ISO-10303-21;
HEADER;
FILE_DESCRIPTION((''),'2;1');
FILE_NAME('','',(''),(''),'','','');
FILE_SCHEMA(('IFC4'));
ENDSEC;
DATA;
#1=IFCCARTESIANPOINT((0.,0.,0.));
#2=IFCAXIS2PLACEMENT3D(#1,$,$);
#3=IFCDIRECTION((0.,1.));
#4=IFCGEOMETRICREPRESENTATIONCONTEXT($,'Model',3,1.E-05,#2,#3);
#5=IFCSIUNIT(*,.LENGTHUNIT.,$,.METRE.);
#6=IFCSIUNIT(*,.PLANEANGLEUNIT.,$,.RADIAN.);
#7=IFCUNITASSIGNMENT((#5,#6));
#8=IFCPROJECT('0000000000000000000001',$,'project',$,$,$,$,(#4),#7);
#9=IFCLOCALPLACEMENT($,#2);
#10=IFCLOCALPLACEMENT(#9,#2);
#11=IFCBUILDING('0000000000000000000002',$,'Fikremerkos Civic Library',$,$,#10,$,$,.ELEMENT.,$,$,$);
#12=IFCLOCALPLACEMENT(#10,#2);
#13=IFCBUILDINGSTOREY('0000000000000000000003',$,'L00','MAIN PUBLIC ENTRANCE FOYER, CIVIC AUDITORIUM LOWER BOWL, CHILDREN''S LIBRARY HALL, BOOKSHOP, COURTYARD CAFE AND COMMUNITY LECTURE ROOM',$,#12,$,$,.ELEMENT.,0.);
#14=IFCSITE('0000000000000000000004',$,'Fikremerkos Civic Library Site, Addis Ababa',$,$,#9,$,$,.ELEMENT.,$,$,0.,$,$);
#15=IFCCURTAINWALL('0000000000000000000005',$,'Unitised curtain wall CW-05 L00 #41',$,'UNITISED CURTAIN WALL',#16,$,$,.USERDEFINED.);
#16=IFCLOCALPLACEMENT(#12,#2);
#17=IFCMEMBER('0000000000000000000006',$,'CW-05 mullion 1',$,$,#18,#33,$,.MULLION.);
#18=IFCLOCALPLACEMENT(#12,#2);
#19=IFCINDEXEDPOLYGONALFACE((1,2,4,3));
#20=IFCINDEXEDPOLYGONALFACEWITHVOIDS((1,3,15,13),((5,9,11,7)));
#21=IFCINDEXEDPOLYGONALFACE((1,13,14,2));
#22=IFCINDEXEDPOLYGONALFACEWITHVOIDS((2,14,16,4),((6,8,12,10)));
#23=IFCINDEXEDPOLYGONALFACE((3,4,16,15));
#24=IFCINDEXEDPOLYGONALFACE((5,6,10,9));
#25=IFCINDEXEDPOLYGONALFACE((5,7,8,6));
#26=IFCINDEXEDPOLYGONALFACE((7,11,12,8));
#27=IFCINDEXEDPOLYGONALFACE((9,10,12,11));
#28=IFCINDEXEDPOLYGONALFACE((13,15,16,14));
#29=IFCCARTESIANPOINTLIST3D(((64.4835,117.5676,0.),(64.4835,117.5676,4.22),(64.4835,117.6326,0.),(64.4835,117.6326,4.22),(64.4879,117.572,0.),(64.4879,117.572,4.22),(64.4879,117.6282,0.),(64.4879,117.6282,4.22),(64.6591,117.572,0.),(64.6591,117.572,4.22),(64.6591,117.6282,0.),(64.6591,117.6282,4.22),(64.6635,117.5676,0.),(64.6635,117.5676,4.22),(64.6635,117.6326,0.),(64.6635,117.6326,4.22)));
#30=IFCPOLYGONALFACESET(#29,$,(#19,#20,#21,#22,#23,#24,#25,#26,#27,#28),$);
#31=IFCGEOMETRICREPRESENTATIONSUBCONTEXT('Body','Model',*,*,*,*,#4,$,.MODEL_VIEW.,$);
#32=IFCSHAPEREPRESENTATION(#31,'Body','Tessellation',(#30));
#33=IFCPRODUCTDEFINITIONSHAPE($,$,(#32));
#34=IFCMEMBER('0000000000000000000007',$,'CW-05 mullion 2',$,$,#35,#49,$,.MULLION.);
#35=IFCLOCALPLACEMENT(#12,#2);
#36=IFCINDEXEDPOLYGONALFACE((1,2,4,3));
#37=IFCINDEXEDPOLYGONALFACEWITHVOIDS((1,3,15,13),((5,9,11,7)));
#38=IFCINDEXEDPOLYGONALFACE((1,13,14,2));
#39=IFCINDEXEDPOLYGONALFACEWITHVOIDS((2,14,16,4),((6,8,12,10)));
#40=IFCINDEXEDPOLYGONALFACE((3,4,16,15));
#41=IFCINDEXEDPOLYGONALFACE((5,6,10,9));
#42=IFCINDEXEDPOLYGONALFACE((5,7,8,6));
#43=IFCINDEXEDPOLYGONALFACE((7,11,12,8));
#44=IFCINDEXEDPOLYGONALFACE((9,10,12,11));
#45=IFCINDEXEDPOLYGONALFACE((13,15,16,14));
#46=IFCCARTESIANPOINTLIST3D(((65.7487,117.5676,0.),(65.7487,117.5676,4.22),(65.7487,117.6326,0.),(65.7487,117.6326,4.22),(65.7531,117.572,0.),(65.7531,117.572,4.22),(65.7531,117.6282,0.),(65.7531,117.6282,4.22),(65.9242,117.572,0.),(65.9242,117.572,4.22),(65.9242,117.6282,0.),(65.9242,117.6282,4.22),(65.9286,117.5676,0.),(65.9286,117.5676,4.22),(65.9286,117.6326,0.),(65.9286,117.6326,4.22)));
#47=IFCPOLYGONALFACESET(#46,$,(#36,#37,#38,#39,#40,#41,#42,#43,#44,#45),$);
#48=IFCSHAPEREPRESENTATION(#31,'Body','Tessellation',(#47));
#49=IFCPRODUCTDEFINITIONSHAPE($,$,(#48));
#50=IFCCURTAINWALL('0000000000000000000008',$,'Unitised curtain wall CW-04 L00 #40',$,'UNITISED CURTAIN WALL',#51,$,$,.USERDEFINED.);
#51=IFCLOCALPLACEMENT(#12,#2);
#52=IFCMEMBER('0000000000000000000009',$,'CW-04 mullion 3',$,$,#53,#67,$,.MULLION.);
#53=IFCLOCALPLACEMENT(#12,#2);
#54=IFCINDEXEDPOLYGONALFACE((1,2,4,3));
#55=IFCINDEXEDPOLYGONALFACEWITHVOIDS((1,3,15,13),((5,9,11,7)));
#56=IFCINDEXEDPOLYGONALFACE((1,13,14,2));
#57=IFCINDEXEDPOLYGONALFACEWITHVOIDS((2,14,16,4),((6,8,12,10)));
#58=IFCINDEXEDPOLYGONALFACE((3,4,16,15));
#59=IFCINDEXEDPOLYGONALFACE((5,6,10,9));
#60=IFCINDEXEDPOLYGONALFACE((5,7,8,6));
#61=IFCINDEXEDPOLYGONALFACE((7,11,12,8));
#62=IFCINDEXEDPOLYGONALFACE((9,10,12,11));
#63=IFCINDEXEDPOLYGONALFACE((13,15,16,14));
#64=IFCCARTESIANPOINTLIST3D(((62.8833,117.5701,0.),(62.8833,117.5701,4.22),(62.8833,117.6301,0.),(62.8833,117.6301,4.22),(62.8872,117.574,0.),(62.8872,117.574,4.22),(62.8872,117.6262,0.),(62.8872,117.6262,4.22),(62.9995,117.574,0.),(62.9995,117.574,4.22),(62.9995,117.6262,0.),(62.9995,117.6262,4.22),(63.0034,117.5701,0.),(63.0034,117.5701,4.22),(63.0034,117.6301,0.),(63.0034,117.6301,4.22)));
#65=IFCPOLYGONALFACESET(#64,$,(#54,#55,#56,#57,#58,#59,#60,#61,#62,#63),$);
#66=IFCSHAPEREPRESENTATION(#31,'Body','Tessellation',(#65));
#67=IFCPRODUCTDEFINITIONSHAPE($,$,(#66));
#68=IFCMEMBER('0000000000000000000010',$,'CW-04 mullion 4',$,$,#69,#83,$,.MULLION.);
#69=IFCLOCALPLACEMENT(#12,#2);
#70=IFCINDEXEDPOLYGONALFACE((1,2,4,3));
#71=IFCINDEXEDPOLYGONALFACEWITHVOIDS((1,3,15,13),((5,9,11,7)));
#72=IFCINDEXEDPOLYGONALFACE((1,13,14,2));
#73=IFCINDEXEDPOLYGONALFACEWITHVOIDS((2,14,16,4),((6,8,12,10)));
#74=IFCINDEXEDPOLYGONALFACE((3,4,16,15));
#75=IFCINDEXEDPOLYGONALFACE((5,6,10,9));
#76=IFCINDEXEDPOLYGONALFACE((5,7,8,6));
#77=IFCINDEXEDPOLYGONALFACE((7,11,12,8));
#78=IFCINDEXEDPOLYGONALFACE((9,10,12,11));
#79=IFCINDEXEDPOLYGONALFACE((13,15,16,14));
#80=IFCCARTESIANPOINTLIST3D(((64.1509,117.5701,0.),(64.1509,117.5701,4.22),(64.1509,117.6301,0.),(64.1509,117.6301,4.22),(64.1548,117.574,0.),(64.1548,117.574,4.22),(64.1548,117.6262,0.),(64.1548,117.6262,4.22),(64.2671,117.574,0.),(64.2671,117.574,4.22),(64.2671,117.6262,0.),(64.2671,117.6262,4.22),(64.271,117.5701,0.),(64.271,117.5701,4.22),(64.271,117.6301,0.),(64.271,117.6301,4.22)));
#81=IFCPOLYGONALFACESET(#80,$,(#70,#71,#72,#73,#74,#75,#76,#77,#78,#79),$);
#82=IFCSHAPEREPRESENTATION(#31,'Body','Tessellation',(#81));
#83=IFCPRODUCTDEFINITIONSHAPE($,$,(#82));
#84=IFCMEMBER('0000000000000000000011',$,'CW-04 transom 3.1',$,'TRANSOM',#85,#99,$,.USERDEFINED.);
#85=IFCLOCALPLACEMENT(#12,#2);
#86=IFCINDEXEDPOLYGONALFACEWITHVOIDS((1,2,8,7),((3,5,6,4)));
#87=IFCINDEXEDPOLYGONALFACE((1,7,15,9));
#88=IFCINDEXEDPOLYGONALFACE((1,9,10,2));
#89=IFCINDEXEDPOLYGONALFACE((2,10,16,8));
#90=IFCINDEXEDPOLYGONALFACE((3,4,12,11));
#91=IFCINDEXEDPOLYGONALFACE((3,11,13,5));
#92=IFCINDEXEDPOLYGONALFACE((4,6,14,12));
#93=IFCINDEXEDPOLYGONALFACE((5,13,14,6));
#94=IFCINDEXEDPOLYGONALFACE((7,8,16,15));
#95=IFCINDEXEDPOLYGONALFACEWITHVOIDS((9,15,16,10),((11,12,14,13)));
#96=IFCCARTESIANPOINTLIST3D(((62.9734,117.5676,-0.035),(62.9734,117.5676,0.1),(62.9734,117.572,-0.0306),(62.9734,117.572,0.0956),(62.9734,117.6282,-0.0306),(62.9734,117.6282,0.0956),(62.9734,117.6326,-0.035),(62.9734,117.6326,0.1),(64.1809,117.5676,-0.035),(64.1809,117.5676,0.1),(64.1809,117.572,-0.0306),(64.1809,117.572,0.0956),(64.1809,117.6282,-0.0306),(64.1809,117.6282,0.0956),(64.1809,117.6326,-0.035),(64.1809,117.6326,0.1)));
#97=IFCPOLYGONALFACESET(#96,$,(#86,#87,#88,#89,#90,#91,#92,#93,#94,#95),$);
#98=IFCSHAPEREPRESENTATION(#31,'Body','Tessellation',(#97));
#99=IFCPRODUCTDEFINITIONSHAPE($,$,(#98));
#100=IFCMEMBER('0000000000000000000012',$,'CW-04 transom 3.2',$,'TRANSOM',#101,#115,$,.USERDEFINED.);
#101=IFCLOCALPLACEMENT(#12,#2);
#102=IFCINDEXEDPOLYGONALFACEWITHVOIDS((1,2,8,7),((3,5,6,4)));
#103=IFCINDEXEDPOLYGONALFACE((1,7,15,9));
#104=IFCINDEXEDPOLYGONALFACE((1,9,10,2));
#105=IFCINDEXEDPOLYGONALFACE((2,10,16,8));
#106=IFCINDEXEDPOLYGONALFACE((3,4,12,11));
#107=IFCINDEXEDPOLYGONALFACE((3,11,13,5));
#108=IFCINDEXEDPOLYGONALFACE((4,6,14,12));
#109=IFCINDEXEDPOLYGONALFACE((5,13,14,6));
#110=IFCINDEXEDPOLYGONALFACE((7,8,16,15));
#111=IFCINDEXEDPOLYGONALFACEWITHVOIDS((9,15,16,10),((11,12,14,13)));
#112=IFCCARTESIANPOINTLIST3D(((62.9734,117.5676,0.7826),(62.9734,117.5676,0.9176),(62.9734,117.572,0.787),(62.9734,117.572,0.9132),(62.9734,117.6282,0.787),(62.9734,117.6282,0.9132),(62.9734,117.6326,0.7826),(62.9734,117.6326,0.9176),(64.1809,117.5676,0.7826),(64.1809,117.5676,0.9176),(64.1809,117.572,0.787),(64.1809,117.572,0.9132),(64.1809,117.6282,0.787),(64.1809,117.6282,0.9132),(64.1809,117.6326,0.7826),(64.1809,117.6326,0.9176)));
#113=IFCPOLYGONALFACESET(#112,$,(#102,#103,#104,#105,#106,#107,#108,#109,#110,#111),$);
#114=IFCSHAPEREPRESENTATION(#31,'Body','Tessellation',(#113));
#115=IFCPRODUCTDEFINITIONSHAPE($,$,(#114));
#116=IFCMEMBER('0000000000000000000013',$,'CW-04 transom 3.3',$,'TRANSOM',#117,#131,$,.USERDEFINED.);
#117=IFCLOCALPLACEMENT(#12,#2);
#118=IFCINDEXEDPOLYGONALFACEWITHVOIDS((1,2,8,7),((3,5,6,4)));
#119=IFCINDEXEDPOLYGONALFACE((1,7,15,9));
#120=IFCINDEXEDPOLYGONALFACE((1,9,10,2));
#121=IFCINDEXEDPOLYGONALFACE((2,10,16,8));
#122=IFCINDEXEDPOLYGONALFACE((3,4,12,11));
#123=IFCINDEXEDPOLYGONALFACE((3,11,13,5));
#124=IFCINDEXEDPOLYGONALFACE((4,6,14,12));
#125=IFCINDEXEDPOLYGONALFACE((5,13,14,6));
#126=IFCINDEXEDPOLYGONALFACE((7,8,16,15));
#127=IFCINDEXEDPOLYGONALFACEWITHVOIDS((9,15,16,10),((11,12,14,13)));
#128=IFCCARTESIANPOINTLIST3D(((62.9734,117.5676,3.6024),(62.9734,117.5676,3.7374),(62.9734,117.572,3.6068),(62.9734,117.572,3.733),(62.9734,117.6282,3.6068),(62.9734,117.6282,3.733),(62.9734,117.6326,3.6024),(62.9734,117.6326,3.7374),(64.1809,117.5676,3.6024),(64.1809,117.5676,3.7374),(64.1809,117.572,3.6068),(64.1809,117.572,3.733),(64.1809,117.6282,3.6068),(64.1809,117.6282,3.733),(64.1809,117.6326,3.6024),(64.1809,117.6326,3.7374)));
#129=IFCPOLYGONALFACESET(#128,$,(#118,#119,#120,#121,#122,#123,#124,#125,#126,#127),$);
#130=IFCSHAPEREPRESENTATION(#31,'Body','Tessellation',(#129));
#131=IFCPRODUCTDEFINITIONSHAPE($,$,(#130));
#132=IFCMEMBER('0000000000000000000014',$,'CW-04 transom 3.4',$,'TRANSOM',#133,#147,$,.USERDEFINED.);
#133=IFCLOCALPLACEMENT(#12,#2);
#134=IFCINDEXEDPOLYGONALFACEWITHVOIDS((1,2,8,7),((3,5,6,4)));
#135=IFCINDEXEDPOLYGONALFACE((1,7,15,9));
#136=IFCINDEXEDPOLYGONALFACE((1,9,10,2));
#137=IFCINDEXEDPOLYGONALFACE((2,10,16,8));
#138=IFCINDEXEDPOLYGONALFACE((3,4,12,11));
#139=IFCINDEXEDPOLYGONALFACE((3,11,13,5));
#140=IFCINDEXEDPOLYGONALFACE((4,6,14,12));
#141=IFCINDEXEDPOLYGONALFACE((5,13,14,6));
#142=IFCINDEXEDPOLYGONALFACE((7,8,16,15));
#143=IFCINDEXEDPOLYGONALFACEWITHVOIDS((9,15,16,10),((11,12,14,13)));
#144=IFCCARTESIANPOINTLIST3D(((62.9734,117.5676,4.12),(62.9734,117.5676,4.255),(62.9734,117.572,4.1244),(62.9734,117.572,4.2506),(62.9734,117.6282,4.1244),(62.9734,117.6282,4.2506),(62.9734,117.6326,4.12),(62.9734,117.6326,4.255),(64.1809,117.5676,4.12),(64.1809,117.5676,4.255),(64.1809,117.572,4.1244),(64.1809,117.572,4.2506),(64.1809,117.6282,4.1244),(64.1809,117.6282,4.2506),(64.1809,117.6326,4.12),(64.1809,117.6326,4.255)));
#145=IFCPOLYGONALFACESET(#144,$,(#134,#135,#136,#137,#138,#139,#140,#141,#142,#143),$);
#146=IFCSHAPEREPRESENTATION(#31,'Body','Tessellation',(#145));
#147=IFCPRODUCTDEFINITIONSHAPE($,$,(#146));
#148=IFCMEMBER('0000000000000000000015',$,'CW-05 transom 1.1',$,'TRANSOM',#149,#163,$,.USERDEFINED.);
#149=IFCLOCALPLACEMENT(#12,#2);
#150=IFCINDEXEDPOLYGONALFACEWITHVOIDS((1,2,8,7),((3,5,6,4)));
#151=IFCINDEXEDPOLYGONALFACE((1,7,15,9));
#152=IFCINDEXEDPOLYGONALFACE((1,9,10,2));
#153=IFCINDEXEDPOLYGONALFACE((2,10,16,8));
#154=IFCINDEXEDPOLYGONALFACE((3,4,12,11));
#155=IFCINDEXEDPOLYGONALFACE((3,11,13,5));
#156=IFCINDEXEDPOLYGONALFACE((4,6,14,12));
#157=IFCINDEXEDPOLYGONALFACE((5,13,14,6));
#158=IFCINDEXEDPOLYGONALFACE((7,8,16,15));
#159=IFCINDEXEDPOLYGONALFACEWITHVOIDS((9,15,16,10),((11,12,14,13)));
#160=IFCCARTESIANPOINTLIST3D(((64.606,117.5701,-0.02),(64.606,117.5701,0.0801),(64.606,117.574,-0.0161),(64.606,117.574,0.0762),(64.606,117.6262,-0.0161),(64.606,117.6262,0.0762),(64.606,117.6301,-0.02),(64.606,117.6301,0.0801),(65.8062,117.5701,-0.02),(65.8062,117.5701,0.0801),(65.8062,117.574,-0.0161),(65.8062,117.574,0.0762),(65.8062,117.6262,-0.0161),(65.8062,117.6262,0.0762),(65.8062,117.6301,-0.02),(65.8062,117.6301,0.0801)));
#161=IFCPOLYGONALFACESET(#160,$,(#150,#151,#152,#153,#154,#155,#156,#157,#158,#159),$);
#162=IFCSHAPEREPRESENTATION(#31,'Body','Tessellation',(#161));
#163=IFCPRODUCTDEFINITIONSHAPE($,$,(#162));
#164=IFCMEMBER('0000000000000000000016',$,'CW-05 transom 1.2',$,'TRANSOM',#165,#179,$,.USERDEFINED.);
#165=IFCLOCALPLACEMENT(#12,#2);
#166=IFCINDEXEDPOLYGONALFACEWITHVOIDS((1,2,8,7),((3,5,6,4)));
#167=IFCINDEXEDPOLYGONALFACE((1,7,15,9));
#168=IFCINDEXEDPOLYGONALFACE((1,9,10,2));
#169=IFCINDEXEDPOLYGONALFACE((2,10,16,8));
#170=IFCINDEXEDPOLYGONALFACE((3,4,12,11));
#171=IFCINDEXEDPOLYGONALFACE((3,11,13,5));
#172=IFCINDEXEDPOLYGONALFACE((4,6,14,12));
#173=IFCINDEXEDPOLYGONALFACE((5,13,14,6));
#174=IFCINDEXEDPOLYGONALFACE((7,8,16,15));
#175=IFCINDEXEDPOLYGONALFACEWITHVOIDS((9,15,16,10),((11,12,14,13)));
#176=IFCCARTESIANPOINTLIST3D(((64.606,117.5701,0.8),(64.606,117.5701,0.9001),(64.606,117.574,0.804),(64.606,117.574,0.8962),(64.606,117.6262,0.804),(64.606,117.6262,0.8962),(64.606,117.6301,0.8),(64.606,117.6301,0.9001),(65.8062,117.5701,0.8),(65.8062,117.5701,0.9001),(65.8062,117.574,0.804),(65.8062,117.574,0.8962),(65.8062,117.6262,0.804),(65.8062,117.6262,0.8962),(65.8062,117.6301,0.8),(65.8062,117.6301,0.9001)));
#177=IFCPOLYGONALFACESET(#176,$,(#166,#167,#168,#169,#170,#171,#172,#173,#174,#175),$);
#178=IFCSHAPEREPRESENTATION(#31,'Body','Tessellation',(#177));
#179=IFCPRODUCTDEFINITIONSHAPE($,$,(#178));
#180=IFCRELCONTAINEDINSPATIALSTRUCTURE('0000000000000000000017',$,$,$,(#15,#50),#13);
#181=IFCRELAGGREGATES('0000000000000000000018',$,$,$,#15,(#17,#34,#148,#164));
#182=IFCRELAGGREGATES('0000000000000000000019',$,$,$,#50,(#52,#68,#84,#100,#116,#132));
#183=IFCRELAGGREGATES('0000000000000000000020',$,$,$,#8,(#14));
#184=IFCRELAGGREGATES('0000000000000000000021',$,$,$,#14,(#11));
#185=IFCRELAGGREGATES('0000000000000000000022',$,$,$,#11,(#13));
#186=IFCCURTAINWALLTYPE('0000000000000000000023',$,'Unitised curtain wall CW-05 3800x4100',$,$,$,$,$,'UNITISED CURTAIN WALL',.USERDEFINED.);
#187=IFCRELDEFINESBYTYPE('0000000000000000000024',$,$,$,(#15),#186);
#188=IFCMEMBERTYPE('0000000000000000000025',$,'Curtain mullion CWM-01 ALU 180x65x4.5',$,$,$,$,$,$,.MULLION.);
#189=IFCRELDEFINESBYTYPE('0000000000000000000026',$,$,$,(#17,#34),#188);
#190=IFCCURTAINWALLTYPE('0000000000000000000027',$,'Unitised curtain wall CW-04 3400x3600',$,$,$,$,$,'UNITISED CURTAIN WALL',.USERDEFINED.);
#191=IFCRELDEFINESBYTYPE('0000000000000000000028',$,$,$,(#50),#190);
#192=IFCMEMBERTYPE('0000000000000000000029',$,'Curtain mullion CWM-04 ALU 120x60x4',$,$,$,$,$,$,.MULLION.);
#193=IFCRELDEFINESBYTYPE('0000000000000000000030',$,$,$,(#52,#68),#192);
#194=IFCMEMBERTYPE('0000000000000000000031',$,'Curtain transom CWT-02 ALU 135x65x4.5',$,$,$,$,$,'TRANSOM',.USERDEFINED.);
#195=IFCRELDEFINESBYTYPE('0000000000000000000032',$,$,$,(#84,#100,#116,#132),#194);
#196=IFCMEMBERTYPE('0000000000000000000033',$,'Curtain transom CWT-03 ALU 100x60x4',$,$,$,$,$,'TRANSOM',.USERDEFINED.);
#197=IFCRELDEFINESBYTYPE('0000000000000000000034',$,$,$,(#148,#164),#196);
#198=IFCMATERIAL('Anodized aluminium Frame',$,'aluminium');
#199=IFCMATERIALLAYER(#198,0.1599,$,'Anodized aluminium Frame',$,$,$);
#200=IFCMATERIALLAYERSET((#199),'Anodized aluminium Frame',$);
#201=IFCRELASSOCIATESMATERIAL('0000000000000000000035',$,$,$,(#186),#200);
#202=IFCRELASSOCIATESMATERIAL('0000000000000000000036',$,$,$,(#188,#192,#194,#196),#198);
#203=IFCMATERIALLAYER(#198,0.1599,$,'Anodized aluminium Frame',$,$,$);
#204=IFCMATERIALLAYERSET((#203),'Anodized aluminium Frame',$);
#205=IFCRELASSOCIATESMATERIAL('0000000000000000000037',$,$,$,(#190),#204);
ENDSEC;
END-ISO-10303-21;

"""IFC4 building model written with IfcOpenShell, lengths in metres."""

from ifc_helpers import new_model, si_unit, direction, frame, origin, origin_2d, place, context, subcontext, project, spatial, hollow_rectangle, extrude, material, layer, layer_set, material_profile, profile_set, type_object, element, aggregate, save


model = new_model("IFC4")

# Units and contexts
model_context = context("Model", 3, precision=1e-05, world=origin(), true_north=direction((0.0, 1.0)))
body_context = subcontext(model_context, "Body", "Model", "MODEL_VIEW")
ifc_project = project(units=[si_unit("LENGTHUNIT", "METRE"), si_unit("PLANEANGLEUNIT", "RADIAN")], contexts=[model_context])

# Site, building, storey
site_placement = place(None, origin())
site = spatial("IfcSite", under=ifc_project, at=site_placement, Name="Fikremerkos Civic Library Site, Addis Ababa", CompositionType="ELEMENT", RefElevation=0.0)
building_placement = place(site_placement, origin())
building = spatial("IfcBuilding", under=site, at=building_placement, Name="Fikremerkos Civic Library", CompositionType="ELEMENT")
storey_placement = place(building_placement, origin())
storey = spatial("IfcBuildingStorey", under=building, at=storey_placement, Name="L00", Description="MAIN PUBLIC ENTRANCE FOYER, CIVIC AUDITORIUM LOWER BOWL, CHILDREN'S LIBRARY HALL, BOOKSHOP, COURTYARD CAFE AND COMMUNITY LECTURE ROOM", CompositionType="ELEMENT", Elevation=0.0)

# Curtain walls, members
ifc_material_1 = material(Name="Anodized aluminium Frame", Category="aluminium")
ifc_layer_1 = layer(ifc_material_1, 0.1599, Name="Anodized aluminium Frame")
ifc_layer_set_1 = layer_set([ifc_layer_1], Name="Anodized aluminium Frame")
curtain_wall_type_1 = type_object("IfcCurtainWallType", Name="Unitised curtain wall CW-05 3800x4100", ElementType="UNITISED CURTAIN WALL", PredefinedType="USERDEFINED", material=ifc_layer_set_1)
curtain_wall_1_placement = place(storey_placement, origin())
curtain_wall_1 = element("IfcCurtainWall", 1, at=curtain_wall_1_placement, inside=storey, type_object=curtain_wall_type_1, Name="Unitised curtain wall CW-05 L00 #41", ObjectType="UNITISED CURTAIN WALL", PredefinedType="USERDEFINED")
ifc_material_profile_1 = material_profile(ifc_material_1, hollow_rectangle(XDim=0.0649, YDim=0.1799, WallThickness=0.0044, at=origin_2d()), Name="ALU 180x65x4.5")
ifc_profile_set_1 = profile_set([ifc_material_profile_1], Name="Anodized aluminium Frame")
member_type_1 = type_object("IfcMemberType", Name="Curtain mullion CWM-01 ALU 180x65x4.5", PredefinedType="MULLION", material=ifc_profile_set_1)
member_1_placement = place(storey_placement, frame((64.5735, 117.6001, 0.0), z_axis=(0.0, 0.0, 1.0), x_axis=(0.0, 1.0, 0.0)))
member_1 = element("IfcMember", 2, at=member_1_placement, type_object=member_type_1, Name="CW-05 mullion 1", PredefinedType="MULLION", context=body_context, shape_type="SweptSolid", body=[
    extrude(hollow_rectangle(XDim=0.0649, YDim=0.1799, WallThickness=0.0044, at=origin_2d()), origin(), (0.0, 0.0, 1.0), 4.22),
])
member_2_placement = place(storey_placement, frame((65.8386, 117.6001, 0.0), z_axis=(0.0, 0.0, 1.0), x_axis=(0.0, 1.0, 0.0)))
member_2 = element("IfcMember", 3, at=member_2_placement, type_object=member_type_1, Name="CW-05 mullion 2", PredefinedType="MULLION", context=body_context, shape_type="SweptSolid", body=[
    extrude(hollow_rectangle(XDim=0.0649, YDim=0.1799, WallThickness=0.0044, at=origin_2d()), origin(), (0.0, 0.0, 1.0), 4.22),
])
ifc_layer_2 = layer(ifc_material_1, 0.1599, Name="Anodized aluminium Frame")
ifc_layer_set_2 = layer_set([ifc_layer_2], Name="Anodized aluminium Frame")
curtain_wall_type_2 = type_object("IfcCurtainWallType", Name="Unitised curtain wall CW-04 3400x3600", ElementType="UNITISED CURTAIN WALL", PredefinedType="USERDEFINED", material=ifc_layer_set_2)
curtain_wall_2_placement = place(storey_placement, origin())
curtain_wall_2 = element("IfcCurtainWall", 4, at=curtain_wall_2_placement, inside=storey, type_object=curtain_wall_type_2, Name="Unitised curtain wall CW-04 L00 #40", ObjectType="UNITISED CURTAIN WALL", PredefinedType="USERDEFINED")
ifc_material_profile_2 = material_profile(ifc_material_1, hollow_rectangle(XDim=0.0601, YDim=0.1201, WallThickness=0.0039, at=origin_2d()), Name="ALU 120x60x4")
ifc_profile_set_2 = profile_set([ifc_material_profile_2], Name="Anodized aluminium Frame")
member_type_2 = type_object("IfcMemberType", Name="Curtain mullion CWM-04 ALU 120x60x4", PredefinedType="MULLION", material=ifc_profile_set_2)
member_3_placement = place(storey_placement, frame((62.9434, 117.6001, 0.0), z_axis=(0.0, 0.0, 1.0), x_axis=(0.0, 1.0, 0.0)))
member_3 = element("IfcMember", 5, at=member_3_placement, type_object=member_type_2, Name="CW-04 mullion 3", PredefinedType="MULLION", context=body_context, shape_type="SweptSolid", body=[
    extrude(hollow_rectangle(XDim=0.0601, YDim=0.1201, WallThickness=0.0039, at=origin_2d()), origin(), (0.0, 0.0, 1.0), 4.22),
])
member_4_placement = place(storey_placement, frame((64.2109, 117.6001, 0.0), z_axis=(0.0, 0.0, 1.0), x_axis=(0.0, 1.0, 0.0)))
member_4 = element("IfcMember", 6, at=member_4_placement, type_object=member_type_2, Name="CW-04 mullion 4", PredefinedType="MULLION", context=body_context, shape_type="SweptSolid", body=[
    extrude(hollow_rectangle(XDim=0.0601, YDim=0.1201, WallThickness=0.0039, at=origin_2d()), origin(), (0.0, 0.0, 1.0), 4.22),
])
ifc_material_profile_3 = material_profile(ifc_material_1, hollow_rectangle(XDim=0.0649, YDim=0.135, WallThickness=0.0044, at=origin_2d()), Name="ALU 135x65x4.5")
ifc_profile_set_3 = profile_set([ifc_material_profile_3], Name="Anodized aluminium Frame")
member_type_3 = type_object("IfcMemberType", Name="Curtain transom CWT-02 ALU 135x65x4.5", ElementType="TRANSOM", PredefinedType="USERDEFINED", material=ifc_profile_set_3)
member_5_placement = place(storey_placement, frame((62.9734, 117.6001, 0.0325), z_axis=(1.0, 0.0, 0.0), x_axis=(0.0, 1.0, 0.0)))
member_5 = element("IfcMember", 7, at=member_5_placement, type_object=member_type_3, Name="CW-04 transom 3.1", ObjectType="TRANSOM", PredefinedType="USERDEFINED", context=body_context, shape_type="SweptSolid", body=[
    extrude(hollow_rectangle(XDim=0.0649, YDim=0.135, WallThickness=0.0044, at=origin_2d()), origin(), (0.0, 0.0, 1.0), 1.2075),
])
member_6_placement = place(storey_placement, frame((62.9734, 117.6001, 0.8501), z_axis=(1.0, 0.0, 0.0), x_axis=(0.0, 1.0, 0.0)))
member_6 = element("IfcMember", 8, at=member_6_placement, type_object=member_type_3, Name="CW-04 transom 3.2", ObjectType="TRANSOM", PredefinedType="USERDEFINED", context=body_context, shape_type="SweptSolid", body=[
    extrude(hollow_rectangle(XDim=0.0649, YDim=0.135, WallThickness=0.0044, at=origin_2d()), origin(), (0.0, 0.0, 1.0), 1.2075),
])
member_7_placement = place(storey_placement, frame((62.9734, 117.6001, 3.6699), z_axis=(1.0, 0.0, 0.0), x_axis=(0.0, 1.0, 0.0)))
member_7 = element("IfcMember", 9, at=member_7_placement, type_object=member_type_3, Name="CW-04 transom 3.3", ObjectType="TRANSOM", PredefinedType="USERDEFINED", context=body_context, shape_type="SweptSolid", body=[
    extrude(hollow_rectangle(XDim=0.0649, YDim=0.135, WallThickness=0.0044, at=origin_2d()), origin(), (0.0, 0.0, 1.0), 1.2075),
])
member_8_placement = place(storey_placement, frame((62.9734, 117.6001, 4.1875), z_axis=(1.0, 0.0, 0.0), x_axis=(0.0, 1.0, 0.0)))
member_8 = element("IfcMember", 10, at=member_8_placement, type_object=member_type_3, Name="CW-04 transom 3.4", ObjectType="TRANSOM", PredefinedType="USERDEFINED", context=body_context, shape_type="SweptSolid", body=[
    extrude(hollow_rectangle(XDim=0.0649, YDim=0.135, WallThickness=0.0044, at=origin_2d()), origin(), (0.0, 0.0, 1.0), 1.2075),
])

# Members
ifc_material_profile_4 = material_profile(ifc_material_1, hollow_rectangle(XDim=0.0601, YDim=0.1001, WallThickness=0.0039, at=origin_2d()), Name="ALU 100x60x4")
ifc_profile_set_4 = profile_set([ifc_material_profile_4], Name="Anodized aluminium Frame")
member_type_4 = type_object("IfcMemberType", Name="Curtain transom CWT-03 ALU 100x60x4", ElementType="TRANSOM", PredefinedType="USERDEFINED", material=ifc_profile_set_4)
member_9_placement = place(storey_placement, frame((64.606, 117.6001, 0.03), z_axis=(1.0, 0.0, 0.0), x_axis=(0.0, 1.0, 0.0)))
member_9 = element("IfcMember", 11, at=member_9_placement, type_object=member_type_4, Name="CW-05 transom 1.1", ObjectType="TRANSOM", PredefinedType="USERDEFINED", context=body_context, shape_type="SweptSolid", body=[
    extrude(hollow_rectangle(XDim=0.0601, YDim=0.1001, WallThickness=0.0039, at=origin_2d()), origin(), (0.0, 0.0, 1.0), 1.2002),
])
member_10_placement = place(storey_placement, frame((64.606, 117.6001, 0.8501), z_axis=(1.0, 0.0, 0.0), x_axis=(0.0, 1.0, 0.0)))
member_10 = element("IfcMember", 12, at=member_10_placement, type_object=member_type_4, Name="CW-05 transom 1.2", ObjectType="TRANSOM", PredefinedType="USERDEFINED", context=body_context, shape_type="SweptSolid", body=[
    extrude(hollow_rectangle(XDim=0.0601, YDim=0.1001, WallThickness=0.0039, at=origin_2d()), origin(), (0.0, 0.0, 1.0), 1.2002),
])

aggregate(curtain_wall_1, [member_1, member_2, member_9, member_10])
aggregate(curtain_wall_2, [member_3, member_4, member_5, member_6, member_7, member_8])

save(model, "model.ifc")
